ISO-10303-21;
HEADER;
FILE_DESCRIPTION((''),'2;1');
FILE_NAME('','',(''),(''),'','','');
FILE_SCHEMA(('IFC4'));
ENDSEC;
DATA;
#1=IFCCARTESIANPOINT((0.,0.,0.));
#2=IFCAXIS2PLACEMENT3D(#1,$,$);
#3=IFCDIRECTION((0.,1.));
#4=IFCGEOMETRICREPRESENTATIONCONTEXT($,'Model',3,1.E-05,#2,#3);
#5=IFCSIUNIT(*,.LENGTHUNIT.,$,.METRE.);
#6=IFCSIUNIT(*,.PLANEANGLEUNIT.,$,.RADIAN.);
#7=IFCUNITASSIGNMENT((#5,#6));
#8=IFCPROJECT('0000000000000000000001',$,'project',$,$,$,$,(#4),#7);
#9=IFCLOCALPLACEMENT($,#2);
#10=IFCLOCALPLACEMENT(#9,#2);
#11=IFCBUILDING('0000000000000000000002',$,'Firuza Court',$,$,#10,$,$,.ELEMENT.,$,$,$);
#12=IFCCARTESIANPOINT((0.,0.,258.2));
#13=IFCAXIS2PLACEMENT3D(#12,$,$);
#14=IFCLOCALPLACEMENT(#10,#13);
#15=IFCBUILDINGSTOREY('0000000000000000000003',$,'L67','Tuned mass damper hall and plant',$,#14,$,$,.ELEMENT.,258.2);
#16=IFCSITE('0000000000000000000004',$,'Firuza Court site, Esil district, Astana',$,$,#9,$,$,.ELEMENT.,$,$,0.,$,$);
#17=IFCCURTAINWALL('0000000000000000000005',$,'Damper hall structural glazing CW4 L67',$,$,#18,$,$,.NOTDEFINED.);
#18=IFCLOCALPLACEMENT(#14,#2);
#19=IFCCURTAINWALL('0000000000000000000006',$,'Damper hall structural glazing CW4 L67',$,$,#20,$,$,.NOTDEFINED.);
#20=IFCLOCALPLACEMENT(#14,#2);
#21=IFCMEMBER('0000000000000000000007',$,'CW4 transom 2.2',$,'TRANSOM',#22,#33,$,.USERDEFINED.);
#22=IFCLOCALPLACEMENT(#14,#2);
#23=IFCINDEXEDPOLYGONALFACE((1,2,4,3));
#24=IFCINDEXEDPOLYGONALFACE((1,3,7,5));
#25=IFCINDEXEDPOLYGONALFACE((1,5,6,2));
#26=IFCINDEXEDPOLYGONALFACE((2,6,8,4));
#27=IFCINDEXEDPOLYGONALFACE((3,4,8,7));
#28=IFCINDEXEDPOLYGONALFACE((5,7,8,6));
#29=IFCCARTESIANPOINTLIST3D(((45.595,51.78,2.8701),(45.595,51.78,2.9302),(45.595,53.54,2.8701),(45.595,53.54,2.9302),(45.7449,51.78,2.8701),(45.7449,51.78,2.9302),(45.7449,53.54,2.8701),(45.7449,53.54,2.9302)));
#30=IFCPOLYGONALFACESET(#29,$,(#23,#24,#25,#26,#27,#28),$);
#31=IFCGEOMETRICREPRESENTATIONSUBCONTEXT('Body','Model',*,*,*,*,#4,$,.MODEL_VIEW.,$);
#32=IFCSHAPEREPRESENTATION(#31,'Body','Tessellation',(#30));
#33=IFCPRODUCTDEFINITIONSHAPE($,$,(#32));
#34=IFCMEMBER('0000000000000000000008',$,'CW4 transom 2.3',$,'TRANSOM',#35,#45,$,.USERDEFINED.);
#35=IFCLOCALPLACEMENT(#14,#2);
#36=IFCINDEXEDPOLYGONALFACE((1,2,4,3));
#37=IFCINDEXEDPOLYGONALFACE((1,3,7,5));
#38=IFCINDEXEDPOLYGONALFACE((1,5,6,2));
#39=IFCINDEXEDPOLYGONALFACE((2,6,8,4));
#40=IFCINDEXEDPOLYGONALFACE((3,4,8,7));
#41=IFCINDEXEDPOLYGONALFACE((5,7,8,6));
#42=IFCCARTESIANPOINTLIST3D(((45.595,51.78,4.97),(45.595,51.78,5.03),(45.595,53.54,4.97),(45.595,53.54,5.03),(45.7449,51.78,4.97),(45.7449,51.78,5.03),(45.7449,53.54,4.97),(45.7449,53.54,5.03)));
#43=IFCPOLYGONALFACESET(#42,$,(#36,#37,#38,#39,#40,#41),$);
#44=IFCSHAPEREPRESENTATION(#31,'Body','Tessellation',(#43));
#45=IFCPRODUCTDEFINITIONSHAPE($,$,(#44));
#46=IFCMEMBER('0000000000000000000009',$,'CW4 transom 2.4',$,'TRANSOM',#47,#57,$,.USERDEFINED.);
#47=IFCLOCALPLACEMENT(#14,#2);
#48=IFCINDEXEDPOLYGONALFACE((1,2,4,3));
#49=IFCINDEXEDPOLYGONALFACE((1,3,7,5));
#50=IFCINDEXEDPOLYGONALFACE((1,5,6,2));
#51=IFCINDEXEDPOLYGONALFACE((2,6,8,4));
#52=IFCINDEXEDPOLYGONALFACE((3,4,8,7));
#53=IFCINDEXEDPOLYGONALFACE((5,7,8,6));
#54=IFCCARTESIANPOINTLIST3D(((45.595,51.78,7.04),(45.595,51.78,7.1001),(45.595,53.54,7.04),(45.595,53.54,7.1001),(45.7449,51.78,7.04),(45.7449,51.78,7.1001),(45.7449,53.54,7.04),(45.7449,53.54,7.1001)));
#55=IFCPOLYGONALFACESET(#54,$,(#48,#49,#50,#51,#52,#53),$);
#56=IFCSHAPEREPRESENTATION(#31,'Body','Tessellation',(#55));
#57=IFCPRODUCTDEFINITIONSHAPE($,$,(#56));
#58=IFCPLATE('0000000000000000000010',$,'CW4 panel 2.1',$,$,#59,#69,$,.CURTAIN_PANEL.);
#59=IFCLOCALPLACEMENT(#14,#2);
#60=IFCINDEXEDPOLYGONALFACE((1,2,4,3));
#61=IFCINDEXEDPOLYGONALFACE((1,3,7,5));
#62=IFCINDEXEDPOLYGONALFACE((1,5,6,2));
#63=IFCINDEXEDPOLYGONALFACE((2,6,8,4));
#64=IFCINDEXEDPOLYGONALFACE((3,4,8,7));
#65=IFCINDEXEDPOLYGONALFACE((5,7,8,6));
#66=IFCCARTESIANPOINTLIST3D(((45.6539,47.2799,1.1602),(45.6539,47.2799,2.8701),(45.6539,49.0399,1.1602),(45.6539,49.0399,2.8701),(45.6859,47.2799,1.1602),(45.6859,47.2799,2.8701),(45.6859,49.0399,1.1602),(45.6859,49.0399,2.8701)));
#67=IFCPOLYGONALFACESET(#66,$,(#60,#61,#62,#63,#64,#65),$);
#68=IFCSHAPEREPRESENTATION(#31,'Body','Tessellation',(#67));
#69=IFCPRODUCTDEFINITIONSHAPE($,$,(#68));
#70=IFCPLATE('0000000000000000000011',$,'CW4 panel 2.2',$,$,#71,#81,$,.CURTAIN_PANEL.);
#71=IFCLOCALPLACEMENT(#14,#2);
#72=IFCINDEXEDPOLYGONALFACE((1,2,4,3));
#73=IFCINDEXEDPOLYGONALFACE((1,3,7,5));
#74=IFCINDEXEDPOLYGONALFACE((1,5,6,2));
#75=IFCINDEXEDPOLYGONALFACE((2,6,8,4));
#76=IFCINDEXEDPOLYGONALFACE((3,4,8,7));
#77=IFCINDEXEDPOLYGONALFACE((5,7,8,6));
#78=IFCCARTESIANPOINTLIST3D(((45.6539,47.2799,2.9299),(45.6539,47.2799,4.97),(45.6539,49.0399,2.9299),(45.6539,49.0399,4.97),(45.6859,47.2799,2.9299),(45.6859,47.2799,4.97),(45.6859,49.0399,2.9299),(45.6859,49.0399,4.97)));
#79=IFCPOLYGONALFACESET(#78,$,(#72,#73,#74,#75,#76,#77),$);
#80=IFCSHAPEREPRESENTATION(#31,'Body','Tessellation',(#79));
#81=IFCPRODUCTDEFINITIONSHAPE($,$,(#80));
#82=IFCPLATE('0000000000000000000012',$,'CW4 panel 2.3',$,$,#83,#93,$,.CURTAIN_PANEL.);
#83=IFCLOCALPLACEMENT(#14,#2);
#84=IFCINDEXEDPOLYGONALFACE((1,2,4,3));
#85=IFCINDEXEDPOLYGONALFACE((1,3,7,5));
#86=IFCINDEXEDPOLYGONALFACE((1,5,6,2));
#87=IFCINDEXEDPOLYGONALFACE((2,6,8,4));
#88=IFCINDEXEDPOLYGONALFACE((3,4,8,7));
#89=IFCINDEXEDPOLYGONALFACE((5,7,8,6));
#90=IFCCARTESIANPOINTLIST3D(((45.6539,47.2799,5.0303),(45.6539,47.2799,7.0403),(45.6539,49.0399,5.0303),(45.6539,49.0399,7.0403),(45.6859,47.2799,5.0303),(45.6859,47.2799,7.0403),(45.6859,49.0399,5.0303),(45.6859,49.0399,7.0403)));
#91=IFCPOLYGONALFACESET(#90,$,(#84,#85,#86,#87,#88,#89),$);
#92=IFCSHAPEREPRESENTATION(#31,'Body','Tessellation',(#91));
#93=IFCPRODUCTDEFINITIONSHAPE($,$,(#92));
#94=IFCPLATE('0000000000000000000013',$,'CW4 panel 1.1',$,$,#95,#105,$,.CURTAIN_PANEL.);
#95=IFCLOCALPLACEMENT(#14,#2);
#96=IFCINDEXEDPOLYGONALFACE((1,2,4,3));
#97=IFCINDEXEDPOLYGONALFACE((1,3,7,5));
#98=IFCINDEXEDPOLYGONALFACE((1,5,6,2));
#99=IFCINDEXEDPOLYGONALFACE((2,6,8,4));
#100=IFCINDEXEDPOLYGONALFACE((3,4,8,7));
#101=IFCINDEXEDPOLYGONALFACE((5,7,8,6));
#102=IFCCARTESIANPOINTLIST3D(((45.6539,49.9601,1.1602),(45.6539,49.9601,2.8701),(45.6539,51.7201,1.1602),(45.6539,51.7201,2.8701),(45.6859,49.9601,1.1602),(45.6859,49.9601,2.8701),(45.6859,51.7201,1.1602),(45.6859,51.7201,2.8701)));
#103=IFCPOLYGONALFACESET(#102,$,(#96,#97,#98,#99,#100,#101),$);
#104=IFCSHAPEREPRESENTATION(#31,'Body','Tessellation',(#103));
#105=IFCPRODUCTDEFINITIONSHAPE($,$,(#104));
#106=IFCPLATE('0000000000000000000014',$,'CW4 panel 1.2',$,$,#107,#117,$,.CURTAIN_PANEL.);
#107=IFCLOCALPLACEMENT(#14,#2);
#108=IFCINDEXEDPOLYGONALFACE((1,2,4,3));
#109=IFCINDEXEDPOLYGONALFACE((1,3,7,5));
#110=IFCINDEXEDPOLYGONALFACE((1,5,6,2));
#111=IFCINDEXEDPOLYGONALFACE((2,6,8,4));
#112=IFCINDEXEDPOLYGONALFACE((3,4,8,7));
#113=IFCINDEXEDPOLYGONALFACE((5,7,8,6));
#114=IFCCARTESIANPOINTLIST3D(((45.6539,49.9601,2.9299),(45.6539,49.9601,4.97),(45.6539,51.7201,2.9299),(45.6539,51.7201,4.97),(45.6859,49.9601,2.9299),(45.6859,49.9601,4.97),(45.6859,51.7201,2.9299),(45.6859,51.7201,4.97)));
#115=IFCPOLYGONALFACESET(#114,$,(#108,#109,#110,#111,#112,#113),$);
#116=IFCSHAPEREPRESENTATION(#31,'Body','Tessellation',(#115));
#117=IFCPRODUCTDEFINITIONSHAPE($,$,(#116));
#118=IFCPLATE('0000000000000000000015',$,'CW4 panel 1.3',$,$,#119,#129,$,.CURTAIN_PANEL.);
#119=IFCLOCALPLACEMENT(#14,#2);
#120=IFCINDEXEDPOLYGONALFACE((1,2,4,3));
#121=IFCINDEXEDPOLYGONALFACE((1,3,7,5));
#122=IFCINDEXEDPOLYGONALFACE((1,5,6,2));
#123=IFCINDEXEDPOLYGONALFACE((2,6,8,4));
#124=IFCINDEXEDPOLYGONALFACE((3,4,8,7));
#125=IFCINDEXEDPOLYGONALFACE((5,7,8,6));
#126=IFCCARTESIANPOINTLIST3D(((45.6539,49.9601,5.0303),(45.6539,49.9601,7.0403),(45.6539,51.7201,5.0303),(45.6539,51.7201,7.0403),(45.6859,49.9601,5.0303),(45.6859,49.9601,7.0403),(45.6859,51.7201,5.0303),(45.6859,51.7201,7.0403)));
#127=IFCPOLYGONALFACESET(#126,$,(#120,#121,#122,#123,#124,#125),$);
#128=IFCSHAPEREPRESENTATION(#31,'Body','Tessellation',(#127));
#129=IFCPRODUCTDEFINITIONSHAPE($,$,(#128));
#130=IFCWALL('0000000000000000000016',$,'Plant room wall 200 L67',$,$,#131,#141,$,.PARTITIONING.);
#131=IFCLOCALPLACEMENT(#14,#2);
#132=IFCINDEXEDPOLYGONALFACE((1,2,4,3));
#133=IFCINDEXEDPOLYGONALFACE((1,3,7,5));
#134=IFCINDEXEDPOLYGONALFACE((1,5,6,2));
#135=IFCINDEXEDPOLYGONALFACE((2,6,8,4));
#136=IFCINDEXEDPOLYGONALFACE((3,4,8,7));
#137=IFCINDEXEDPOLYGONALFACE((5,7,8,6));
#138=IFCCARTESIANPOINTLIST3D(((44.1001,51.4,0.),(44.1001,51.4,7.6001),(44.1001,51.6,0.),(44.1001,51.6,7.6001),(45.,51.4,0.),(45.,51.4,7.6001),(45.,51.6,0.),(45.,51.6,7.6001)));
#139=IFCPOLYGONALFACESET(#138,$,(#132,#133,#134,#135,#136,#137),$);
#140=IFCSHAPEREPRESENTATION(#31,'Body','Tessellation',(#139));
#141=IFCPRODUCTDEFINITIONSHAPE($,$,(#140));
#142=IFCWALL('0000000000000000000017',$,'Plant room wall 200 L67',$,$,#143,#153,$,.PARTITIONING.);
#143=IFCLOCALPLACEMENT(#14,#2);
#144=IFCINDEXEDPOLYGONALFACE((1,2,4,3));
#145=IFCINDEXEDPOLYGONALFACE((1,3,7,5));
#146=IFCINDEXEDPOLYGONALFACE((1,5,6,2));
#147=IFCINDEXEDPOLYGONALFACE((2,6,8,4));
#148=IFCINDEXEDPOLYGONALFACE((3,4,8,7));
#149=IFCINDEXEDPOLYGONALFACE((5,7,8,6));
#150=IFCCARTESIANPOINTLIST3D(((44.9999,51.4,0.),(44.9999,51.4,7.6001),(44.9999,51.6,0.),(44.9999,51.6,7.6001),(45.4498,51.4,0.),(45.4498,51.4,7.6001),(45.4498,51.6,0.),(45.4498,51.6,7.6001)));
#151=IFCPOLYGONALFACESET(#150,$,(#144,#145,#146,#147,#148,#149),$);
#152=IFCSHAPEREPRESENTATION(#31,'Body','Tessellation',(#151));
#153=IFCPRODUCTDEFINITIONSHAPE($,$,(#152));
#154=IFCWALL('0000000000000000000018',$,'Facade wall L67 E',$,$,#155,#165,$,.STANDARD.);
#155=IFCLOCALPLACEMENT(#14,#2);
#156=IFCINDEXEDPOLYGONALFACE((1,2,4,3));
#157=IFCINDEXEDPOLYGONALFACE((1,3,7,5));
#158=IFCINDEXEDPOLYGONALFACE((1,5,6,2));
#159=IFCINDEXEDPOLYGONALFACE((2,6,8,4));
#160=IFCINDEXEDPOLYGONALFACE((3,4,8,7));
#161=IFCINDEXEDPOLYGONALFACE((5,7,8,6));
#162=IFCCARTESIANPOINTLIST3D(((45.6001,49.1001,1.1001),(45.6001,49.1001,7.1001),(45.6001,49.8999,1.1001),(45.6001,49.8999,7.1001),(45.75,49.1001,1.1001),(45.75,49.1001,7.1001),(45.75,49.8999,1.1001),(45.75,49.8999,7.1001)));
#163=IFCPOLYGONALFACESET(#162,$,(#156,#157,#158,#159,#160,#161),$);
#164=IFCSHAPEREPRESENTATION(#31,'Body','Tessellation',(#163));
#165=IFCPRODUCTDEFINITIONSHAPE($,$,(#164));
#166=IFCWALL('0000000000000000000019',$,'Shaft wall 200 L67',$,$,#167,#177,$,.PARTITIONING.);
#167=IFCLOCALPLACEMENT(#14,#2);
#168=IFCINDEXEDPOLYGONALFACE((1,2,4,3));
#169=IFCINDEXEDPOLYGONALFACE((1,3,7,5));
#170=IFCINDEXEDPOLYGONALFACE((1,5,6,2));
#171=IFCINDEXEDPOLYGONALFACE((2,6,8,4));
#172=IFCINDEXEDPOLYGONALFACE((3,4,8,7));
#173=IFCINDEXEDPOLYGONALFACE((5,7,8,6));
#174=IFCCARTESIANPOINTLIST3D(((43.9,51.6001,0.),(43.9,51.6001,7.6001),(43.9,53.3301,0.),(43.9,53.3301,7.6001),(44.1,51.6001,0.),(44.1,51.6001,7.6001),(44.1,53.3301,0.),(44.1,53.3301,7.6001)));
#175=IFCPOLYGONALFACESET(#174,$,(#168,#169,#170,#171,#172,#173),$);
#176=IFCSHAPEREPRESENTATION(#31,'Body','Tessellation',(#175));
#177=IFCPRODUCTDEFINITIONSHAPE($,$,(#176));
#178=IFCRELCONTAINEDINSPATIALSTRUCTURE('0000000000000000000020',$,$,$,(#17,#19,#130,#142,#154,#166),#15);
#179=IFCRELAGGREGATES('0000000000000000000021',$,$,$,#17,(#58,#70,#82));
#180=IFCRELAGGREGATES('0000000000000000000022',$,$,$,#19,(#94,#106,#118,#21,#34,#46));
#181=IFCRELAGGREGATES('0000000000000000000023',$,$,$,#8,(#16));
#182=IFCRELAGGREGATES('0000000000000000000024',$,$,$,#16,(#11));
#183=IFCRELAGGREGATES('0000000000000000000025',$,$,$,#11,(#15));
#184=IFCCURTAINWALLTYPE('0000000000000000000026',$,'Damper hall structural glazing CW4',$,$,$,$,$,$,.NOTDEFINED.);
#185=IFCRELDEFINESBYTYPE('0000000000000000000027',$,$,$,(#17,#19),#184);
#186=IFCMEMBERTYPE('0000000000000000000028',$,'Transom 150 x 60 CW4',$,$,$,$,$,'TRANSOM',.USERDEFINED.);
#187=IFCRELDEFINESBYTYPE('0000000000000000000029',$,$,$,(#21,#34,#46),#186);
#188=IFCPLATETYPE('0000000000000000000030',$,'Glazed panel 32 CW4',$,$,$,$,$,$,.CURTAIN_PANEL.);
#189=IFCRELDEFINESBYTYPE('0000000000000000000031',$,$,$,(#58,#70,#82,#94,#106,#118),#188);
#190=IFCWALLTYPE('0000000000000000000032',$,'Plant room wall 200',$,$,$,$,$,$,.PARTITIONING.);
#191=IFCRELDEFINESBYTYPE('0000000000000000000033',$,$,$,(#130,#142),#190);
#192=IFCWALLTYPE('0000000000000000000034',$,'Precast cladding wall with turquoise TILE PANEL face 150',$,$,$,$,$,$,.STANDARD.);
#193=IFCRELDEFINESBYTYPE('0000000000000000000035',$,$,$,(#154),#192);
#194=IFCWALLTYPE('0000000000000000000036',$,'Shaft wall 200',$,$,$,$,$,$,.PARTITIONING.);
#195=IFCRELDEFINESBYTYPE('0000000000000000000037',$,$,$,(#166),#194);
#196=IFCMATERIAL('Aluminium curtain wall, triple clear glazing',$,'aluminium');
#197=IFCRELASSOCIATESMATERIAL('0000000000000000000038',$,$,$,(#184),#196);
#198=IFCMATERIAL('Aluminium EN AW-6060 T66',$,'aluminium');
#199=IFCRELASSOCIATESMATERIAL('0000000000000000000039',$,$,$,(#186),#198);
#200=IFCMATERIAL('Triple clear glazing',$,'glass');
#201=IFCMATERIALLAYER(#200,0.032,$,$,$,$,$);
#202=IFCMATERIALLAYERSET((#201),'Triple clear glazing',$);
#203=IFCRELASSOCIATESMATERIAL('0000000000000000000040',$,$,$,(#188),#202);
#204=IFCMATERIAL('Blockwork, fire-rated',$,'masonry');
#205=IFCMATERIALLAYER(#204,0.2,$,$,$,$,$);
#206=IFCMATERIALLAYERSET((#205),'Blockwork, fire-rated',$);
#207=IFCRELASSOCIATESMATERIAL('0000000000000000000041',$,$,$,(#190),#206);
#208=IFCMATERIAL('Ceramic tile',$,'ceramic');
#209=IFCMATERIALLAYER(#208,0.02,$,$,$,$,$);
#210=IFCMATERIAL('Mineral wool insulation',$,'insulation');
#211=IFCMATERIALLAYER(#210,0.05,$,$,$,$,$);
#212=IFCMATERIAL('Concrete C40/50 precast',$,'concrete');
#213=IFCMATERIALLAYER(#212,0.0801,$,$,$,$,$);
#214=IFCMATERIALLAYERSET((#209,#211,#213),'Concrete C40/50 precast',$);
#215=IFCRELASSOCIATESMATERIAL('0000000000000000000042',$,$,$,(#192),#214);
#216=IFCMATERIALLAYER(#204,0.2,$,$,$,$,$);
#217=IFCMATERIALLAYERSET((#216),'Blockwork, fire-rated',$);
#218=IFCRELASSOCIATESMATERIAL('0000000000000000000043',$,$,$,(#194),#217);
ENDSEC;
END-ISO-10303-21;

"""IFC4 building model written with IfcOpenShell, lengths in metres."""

from ifc_helpers import new_model, si_unit, direction, frame, frame_2d, origin, origin_2d, place, context, subcontext, project, spatial, rectangle, extrude, material, layer, layer_set, material_profile, profile_set, type_object, element, aggregate, save


model = new_model("IFC4")

# Units and contexts
model_context = context("Model", 3, precision=1e-05, world=origin(), true_north=direction((0.0, 1.0)))
body_context = subcontext(model_context, "Body", "Model", "MODEL_VIEW")
ifc_project = project(units=[si_unit("LENGTHUNIT", "METRE"), si_unit("PLANEANGLEUNIT", "RADIAN")], contexts=[model_context])

# Site, building, storey
site_placement = place(None, origin())
site = spatial("IfcSite", under=ifc_project, at=site_placement, Name="Firuza Court site, Esil district, Astana", CompositionType="ELEMENT", RefElevation=0.0)
building_placement = place(site_placement, origin())
building = spatial("IfcBuilding", under=site, at=building_placement, Name="Firuza Court", CompositionType="ELEMENT")
storey_placement = place(building_placement, frame((0.0, 0.0, 258.2)))
storey = spatial("IfcBuildingStorey", under=building, at=storey_placement, Name="L67", Description="Tuned mass damper hall and plant", CompositionType="ELEMENT", Elevation=258.2)

# Curtain wall
ifc_material_1 = material(Name="Aluminium curtain wall, triple clear glazing", Category="aluminium")
curtain_wall_type = type_object("IfcCurtainWallType", Name="Damper hall structural glazing CW4", PredefinedType="NOTDEFINED", material=ifc_material_1)
curtain_wall_1_placement = place(storey_placement, origin())
curtain_wall_1 = element("IfcCurtainWall", 1, at=curtain_wall_1_placement, inside=storey, type_object=curtain_wall_type, Name="Damper hall structural glazing CW4 L67", PredefinedType="NOTDEFINED")

# Curtain wall
curtain_wall_2_placement = place(storey_placement, origin())
curtain_wall_2 = element("IfcCurtainWall", 2, at=curtain_wall_2_placement, inside=storey, type_object=curtain_wall_type, Name="Damper hall structural glazing CW4 L67", PredefinedType="NOTDEFINED")

# Members
ifc_material_2 = material(Name="Aluminium EN AW-6060 T66", Category="aluminium")
ifc_material_profile_1 = material_profile(ifc_material_2, rectangle(XDim=0.1499, YDim=0.0601, at=origin_2d()), Name="Transom 150 x 60 CW4")
ifc_profile_set_1 = profile_set([ifc_material_profile_1], Name="Aluminium EN AW-6060 T66")
member_type_1 = type_object("IfcMemberType", Name="Transom 150 x 60 CW4", ElementType="TRANSOM", PredefinedType="USERDEFINED", material=ifc_profile_set_1)
member_1_placement = place(storey_placement, frame((45.6699, 51.78, 2.9001), z_axis=(0.0, 1.0, 0.0), x_axis=(-1.0, 0.0, 0.0)))
member_1 = element("IfcMember", 3, at=member_1_placement, type_object=member_type_1, Name="CW4 transom 2.2", ObjectType="TRANSOM", PredefinedType="USERDEFINED", context=body_context, shape_type="SweptSolid", body=[
    extrude(rectangle(XDim=0.1499, YDim=0.0601, at=origin_2d()), origin(), (0.0, 0.0, 1.0), 1.76),
])
member_2_placement = place(storey_placement, frame((45.6699, 51.78, 5.0), z_axis=(0.0, 1.0, 0.0), x_axis=(-1.0, 0.0, 0.0)))
member_2 = element("IfcMember", 4, at=member_2_placement, type_object=member_type_1, Name="CW4 transom 2.3", ObjectType="TRANSOM", PredefinedType="USERDEFINED", context=body_context, shape_type="SweptSolid", body=[
    extrude(rectangle(XDim=0.1499, YDim=0.0601, at=origin_2d()), origin(), (0.0, 0.0, 1.0), 1.76),
])
member_3_placement = place(storey_placement, frame((45.6699, 51.78, 7.0701), z_axis=(0.0, 1.0, 0.0), x_axis=(-1.0, 0.0, 0.0)))
member_3 = element("IfcMember", 5, at=member_3_placement, type_object=member_type_1, Name="CW4 transom 2.4", ObjectType="TRANSOM", PredefinedType="USERDEFINED", context=body_context, shape_type="SweptSolid", body=[
    extrude(rectangle(XDim=0.1499, YDim=0.0601, at=origin_2d()), origin(), (0.0, 0.0, 1.0), 1.76),
])

# Plates
ifc_material_3 = material(Name="Triple clear glazing", Category="glass")
ifc_layer_1 = layer(ifc_material_3, 0.032)
ifc_layer_set_1 = layer_set([ifc_layer_1], Name="Triple clear glazing")
plate_type = type_object("IfcPlateType", Name="Glazed panel 32 CW4", PredefinedType="CURTAIN_PANEL", material=ifc_layer_set_1)
plate_1_placement = place(storey_placement, frame((45.6699, 48.1599, 1.1602), z_axis=(0.0, 0.0, 1.0), x_axis=(0.0, 1.0, 0.0)))
plate_1 = element("IfcPlate", 6, at=plate_1_placement, type_object=plate_type, Name="CW4 panel 2.1", PredefinedType="CURTAIN_PANEL", context=body_context, shape_type="SweptSolid", body=[
    extrude(rectangle(XDim=1.76, YDim=0.032, at=origin_2d()), origin(), (0.0, 0.0, 1.0), 1.71),
])
plate_2_placement = place(storey_placement, frame((45.6699, 48.1599, 2.9299), z_axis=(0.0, 0.0, 1.0), x_axis=(0.0, 1.0, 0.0)))
plate_2 = element("IfcPlate", 7, at=plate_2_placement, type_object=plate_type, Name="CW4 panel 2.2", PredefinedType="CURTAIN_PANEL", context=body_context, shape_type="SweptSolid", body=[
    extrude(rectangle(XDim=1.76, YDim=0.032, at=origin_2d()), origin(), (0.0, 0.0, 1.0), 2.04),
])
plate_3_placement = place(storey_placement, frame((45.6699, 48.1599, 5.0303), z_axis=(0.0, 0.0, 1.0), x_axis=(0.0, 1.0, 0.0)))
plate_3 = element("IfcPlate", 8, at=plate_3_placement, type_object=plate_type, Name="CW4 panel 2.3", PredefinedType="CURTAIN_PANEL", context=body_context, shape_type="SweptSolid", body=[
    extrude(rectangle(XDim=1.76, YDim=0.032, at=origin_2d()), origin(), (0.0, 0.0, 1.0), 2.01),
])
aggregate(curtain_wall_1, [plate_1, plate_2, plate_3])
plate_4_placement = place(storey_placement, frame((45.6699, 50.8401, 1.1602), z_axis=(0.0, 0.0, 1.0), x_axis=(0.0, 1.0, 0.0)))
plate_4 = element("IfcPlate", 9, at=plate_4_placement, type_object=plate_type, Name="CW4 panel 1.1", PredefinedType="CURTAIN_PANEL", context=body_context, shape_type="SweptSolid", body=[
    extrude(rectangle(XDim=1.76, YDim=0.032, at=origin_2d()), origin(), (0.0, 0.0, 1.0), 1.71),
])
plate_5_placement = place(storey_placement, frame((45.6699, 50.8401, 2.9299), z_axis=(0.0, 0.0, 1.0), x_axis=(0.0, 1.0, 0.0)))
plate_5 = element("IfcPlate", 10, at=plate_5_placement, type_object=plate_type, Name="CW4 panel 1.2", PredefinedType="CURTAIN_PANEL", context=body_context, shape_type="SweptSolid", body=[
    extrude(rectangle(XDim=1.76, YDim=0.032, at=origin_2d()), origin(), (0.0, 0.0, 1.0), 2.04),
])
plate_6_placement = place(storey_placement, frame((45.6699, 50.8401, 5.0303), z_axis=(0.0, 0.0, 1.0), x_axis=(0.0, 1.0, 0.0)))
plate_6 = element("IfcPlate", 11, at=plate_6_placement, type_object=plate_type, Name="CW4 panel 1.3", PredefinedType="CURTAIN_PANEL", context=body_context, shape_type="SweptSolid", body=[
    extrude(rectangle(XDim=1.76, YDim=0.032, at=origin_2d()), origin(), (0.0, 0.0, 1.0), 2.01),
])
aggregate(curtain_wall_2, [plate_4, plate_5, plate_6, member_1, member_2, member_3])

# Walls
ifc_material_4 = material(Name="Blockwork, fire-rated", Category="masonry")
ifc_layer_2 = layer(ifc_material_4, 0.2)
ifc_layer_set_2 = layer_set([ifc_layer_2], Name="Blockwork, fire-rated")
wall_type_1 = type_object("IfcWallType", Name="Plant room wall 200", PredefinedType="PARTITIONING", material=ifc_layer_set_2)
wall_1_placement = place(storey_placement, frame((45.0, 51.5, 0.0), z_axis=(0.0, 0.0, 1.0), x_axis=(-1.0, 0.0, 0.0)))
element("IfcWall", 12, at=wall_1_placement, inside=storey, type_object=wall_type_1, Name="Plant room wall 200 L67", PredefinedType="PARTITIONING", context=body_context, shape_type="SweptSolid", body=[
    extrude(rectangle(XDim=0.8999, YDim=0.2, at=frame_2d((0.45, 0.0))), origin(), (0.0, 0.0, 1.0), 7.6001),
])
wall_2_placement = place(storey_placement, frame((45.45, 51.5, 0.0), z_axis=(0.0, 0.0, 1.0), x_axis=(-1.0, 0.0, 0.0)))
element("IfcWall", 13, at=wall_2_placement, inside=storey, type_object=wall_type_1, Name="Plant room wall 200 L67", PredefinedType="PARTITIONING", context=body_context, shape_type="SweptSolid", body=[
    extrude(rectangle(XDim=0.45, YDim=0.2, at=frame_2d((0.2251, 0.0))), origin(), (0.0, 0.0, 1.0), 7.6001),
])
ifc_material_5 = material(Name="Ceramic tile", Category="ceramic")
ifc_layer_3 = layer(ifc_material_5, 0.02)
ifc_material_6 = material(Name="Mineral wool insulation", Category="insulation")
ifc_layer_4 = layer(ifc_material_6, 0.05)
ifc_material_7 = material(Name="Concrete C40/50 precast", Category="concrete")
ifc_layer_5 = layer(ifc_material_7, 0.0801)
ifc_layer_set_3 = layer_set([ifc_layer_3, ifc_layer_4, ifc_layer_5], Name="Concrete C40/50 precast")
wall_type_2 = type_object("IfcWallType", Name="Precast cladding wall with turquoise TILE PANEL face 150", PredefinedType="STANDARD", material=ifc_layer_set_3)
wall_3_placement = place(storey_placement, frame((45.675, 49.1001, 1.1001), z_axis=(0.0, 0.0, 1.0), x_axis=(0.0, 1.0, 0.0)))
element("IfcWall", 14, at=wall_3_placement, inside=storey, type_object=wall_type_2, Name="Facade wall L67 E", PredefinedType="STANDARD", context=body_context, shape_type="SweptSolid", body=[
    extrude(rectangle(XDim=0.7998, YDim=0.1499, at=frame_2d((0.3999, 0.0))), origin(), (0.0, 0.0, 1.0), 6.0),
])
ifc_layer_6 = layer(ifc_material_4, 0.2)
ifc_layer_set_4 = layer_set([ifc_layer_6], Name="Blockwork, fire-rated")
wall_type_3 = type_object("IfcWallType", Name="Shaft wall 200", PredefinedType="PARTITIONING", material=ifc_layer_set_4)
wall_4_placement = place(storey_placement, frame((44.0, 51.6001, 0.0), z_axis=(0.0, 0.0, 1.0), x_axis=(0.0, 1.0, 0.0)))
element("IfcWall", 15, at=wall_4_placement, inside=storey, type_object=wall_type_3, Name="Shaft wall 200 L67", PredefinedType="PARTITIONING", context=body_context, shape_type="SweptSolid", body=[
    extrude(rectangle(XDim=1.73, YDim=0.2, at=frame_2d((0.865, 0.0))), origin(), (0.0, 0.0, 1.0), 7.6001),
])

save(model, "model.ifc")
